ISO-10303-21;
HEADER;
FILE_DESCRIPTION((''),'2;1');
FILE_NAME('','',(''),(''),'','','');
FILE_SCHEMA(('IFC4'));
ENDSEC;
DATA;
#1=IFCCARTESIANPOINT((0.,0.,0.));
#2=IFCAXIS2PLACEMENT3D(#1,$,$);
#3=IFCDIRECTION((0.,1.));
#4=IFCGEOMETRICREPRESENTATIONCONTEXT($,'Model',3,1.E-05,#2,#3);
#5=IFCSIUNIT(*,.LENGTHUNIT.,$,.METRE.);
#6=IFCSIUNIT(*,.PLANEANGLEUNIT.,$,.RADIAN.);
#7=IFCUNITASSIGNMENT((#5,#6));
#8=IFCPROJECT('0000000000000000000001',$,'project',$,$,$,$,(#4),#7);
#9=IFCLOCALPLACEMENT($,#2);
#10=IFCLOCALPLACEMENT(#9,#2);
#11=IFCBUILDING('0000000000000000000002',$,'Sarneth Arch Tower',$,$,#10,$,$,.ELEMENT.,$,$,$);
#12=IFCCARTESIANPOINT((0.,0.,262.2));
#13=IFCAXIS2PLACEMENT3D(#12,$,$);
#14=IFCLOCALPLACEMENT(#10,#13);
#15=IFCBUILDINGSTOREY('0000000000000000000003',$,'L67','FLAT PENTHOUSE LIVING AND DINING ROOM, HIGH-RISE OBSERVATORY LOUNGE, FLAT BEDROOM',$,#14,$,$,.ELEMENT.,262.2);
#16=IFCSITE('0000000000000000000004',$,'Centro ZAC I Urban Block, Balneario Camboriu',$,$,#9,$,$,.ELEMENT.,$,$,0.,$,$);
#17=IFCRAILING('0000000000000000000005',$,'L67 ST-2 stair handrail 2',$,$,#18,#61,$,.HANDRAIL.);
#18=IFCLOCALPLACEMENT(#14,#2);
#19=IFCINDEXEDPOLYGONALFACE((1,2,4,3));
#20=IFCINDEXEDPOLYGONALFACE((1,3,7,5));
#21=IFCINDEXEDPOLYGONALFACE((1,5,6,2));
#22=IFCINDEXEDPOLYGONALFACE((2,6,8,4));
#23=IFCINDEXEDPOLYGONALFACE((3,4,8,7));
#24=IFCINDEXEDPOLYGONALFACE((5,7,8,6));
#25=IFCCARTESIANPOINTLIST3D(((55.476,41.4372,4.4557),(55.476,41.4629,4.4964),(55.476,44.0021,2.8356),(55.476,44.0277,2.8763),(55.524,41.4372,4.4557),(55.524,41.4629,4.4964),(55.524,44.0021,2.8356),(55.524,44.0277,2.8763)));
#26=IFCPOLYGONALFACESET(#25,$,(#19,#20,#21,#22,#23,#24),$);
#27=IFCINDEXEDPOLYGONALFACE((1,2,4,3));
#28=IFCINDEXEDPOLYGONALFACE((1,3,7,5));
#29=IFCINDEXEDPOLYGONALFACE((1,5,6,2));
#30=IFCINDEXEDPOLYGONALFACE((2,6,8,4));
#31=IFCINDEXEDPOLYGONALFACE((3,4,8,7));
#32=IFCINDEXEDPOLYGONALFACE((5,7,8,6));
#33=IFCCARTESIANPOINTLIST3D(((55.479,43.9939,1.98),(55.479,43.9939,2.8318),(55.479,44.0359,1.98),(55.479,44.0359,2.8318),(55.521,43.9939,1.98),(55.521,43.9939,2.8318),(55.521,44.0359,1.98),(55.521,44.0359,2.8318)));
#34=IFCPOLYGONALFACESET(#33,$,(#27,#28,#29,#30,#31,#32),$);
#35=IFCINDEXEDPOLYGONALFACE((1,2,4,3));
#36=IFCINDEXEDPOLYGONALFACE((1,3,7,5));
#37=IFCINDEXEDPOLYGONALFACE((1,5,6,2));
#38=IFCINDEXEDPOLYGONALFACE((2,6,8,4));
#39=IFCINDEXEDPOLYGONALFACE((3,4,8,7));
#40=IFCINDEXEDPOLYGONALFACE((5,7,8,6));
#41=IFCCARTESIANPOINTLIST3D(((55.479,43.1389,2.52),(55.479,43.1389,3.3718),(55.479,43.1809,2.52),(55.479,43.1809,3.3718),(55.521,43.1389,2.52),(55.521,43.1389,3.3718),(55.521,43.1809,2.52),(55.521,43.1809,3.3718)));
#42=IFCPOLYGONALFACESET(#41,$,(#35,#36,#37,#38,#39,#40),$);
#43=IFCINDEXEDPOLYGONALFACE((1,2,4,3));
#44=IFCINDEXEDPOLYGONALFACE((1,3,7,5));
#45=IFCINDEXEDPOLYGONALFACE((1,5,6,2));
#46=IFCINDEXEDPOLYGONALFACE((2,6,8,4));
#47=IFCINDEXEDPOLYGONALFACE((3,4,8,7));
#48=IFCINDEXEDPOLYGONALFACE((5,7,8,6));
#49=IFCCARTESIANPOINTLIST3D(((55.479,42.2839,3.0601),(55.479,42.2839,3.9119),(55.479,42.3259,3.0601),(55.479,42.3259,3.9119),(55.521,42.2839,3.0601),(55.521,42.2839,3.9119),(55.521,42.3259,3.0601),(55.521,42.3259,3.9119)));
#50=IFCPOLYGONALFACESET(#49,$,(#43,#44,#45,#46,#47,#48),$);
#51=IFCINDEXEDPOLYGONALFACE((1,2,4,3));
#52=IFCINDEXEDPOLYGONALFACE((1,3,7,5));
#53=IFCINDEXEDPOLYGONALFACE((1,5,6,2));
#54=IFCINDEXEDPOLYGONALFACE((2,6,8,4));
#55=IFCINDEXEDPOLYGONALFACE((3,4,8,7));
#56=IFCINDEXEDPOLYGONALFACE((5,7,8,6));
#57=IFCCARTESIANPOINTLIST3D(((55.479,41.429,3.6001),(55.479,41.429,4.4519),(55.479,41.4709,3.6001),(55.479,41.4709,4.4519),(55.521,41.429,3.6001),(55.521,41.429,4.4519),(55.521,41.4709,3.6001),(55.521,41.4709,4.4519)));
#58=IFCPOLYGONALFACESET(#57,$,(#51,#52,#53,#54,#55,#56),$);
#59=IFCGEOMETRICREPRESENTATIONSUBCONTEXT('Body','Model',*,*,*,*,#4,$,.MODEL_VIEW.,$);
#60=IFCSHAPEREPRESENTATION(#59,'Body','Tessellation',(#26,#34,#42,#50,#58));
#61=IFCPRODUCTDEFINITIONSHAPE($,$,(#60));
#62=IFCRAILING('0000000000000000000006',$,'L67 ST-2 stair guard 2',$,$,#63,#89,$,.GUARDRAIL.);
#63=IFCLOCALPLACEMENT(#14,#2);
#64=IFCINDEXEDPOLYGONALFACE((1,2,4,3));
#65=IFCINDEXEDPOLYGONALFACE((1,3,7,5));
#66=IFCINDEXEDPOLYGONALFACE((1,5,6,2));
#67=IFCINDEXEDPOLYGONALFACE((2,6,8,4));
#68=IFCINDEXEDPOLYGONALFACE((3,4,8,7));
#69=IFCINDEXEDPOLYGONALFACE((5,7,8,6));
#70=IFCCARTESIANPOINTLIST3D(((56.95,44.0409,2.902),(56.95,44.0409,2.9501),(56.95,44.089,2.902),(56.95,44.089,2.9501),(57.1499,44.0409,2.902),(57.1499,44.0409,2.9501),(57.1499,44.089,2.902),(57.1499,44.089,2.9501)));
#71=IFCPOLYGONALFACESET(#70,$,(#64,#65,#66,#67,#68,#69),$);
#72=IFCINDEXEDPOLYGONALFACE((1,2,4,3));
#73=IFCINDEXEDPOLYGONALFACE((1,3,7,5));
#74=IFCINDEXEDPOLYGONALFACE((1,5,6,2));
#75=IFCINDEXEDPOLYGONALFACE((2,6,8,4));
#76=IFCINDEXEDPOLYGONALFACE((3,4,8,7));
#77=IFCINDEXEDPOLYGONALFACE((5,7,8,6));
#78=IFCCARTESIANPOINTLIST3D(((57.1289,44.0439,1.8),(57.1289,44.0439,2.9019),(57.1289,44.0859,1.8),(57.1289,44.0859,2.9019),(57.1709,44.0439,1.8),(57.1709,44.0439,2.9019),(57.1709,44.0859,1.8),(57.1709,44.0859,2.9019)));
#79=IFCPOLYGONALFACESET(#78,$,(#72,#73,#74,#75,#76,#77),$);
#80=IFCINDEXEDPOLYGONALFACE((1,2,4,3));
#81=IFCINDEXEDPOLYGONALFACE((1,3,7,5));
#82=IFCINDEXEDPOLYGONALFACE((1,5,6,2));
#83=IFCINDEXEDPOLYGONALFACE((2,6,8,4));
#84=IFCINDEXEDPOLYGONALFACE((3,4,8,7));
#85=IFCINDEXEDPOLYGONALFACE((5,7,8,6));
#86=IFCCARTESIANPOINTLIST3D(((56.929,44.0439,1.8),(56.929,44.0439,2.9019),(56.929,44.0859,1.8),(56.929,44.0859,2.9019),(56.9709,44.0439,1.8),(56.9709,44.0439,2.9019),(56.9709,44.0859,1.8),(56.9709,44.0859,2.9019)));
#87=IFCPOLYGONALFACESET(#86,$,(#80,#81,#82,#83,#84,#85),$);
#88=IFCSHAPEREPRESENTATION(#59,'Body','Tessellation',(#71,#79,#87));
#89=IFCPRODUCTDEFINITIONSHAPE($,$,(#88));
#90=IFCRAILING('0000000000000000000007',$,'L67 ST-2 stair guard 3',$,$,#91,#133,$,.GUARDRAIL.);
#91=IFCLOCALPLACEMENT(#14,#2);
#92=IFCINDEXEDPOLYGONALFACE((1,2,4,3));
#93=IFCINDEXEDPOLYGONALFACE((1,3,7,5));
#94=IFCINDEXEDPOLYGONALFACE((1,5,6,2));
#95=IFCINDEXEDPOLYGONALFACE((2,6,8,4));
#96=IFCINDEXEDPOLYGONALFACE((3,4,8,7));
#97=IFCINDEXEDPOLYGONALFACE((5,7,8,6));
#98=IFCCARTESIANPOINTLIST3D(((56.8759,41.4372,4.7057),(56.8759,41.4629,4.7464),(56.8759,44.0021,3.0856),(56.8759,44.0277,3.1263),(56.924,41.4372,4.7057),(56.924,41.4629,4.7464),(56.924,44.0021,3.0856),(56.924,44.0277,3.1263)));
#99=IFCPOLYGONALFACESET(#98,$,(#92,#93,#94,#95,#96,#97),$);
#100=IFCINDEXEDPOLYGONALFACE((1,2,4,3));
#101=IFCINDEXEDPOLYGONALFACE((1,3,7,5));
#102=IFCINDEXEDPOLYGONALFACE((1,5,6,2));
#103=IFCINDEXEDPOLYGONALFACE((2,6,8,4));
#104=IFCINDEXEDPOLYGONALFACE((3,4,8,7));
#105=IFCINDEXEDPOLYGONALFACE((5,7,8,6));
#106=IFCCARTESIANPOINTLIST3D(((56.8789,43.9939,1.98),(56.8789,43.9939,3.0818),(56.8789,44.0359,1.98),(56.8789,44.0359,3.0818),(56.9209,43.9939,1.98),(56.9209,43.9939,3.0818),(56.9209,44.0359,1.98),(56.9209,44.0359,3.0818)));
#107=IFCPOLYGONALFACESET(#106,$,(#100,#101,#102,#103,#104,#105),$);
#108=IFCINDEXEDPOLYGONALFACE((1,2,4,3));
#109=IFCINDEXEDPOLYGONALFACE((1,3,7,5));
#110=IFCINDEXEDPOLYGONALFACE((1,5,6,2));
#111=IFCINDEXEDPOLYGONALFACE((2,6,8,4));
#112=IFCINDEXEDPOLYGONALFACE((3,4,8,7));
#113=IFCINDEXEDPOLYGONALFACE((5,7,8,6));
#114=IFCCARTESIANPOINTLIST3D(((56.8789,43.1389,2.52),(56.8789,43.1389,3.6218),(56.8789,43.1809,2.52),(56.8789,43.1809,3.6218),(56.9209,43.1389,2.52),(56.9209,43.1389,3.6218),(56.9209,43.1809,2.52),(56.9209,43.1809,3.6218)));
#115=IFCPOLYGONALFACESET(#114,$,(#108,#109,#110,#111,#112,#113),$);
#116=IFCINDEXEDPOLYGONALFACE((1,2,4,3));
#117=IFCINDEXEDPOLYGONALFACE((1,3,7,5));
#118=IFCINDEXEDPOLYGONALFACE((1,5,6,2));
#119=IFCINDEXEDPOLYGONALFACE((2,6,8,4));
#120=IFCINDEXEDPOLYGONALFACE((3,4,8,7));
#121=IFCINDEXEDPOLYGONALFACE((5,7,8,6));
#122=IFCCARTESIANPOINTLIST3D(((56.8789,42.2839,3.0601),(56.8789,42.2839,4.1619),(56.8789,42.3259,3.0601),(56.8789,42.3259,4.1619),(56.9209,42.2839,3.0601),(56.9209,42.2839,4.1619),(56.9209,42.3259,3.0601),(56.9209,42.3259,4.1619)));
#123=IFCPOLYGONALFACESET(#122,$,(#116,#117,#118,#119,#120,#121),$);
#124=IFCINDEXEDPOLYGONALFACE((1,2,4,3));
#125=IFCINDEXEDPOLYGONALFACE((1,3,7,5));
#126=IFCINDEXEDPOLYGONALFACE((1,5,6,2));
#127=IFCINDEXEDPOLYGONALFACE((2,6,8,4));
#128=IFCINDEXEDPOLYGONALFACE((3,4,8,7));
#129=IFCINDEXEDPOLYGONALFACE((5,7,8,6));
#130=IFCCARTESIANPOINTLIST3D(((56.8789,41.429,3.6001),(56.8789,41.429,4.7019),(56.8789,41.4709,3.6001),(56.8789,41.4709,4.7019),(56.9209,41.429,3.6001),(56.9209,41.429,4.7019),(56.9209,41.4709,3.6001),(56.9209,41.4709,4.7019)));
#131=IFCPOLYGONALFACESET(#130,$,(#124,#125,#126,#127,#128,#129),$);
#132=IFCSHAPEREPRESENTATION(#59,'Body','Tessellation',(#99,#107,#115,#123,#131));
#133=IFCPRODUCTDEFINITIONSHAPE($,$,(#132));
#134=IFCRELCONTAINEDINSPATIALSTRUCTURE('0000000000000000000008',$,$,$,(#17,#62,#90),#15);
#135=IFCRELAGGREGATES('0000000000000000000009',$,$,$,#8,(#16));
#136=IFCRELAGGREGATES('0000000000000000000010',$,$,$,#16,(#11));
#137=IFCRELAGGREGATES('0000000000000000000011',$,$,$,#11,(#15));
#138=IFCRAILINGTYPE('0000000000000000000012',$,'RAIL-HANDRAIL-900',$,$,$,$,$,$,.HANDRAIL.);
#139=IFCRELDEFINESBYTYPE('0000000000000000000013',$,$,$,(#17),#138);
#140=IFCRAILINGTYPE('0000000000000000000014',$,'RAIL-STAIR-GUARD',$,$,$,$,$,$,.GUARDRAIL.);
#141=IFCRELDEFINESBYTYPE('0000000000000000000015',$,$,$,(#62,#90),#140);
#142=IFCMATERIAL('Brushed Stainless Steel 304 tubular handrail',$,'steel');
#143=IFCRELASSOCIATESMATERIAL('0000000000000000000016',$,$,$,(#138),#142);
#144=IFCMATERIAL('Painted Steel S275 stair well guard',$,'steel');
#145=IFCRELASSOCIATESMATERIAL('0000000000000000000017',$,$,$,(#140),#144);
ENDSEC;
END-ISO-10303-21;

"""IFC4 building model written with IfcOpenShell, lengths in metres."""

from ifc_helpers import new_model, si_unit, direction, frame, origin, origin_2d, place, context, subcontext, project, spatial, rectangle, extrude, material, type_object, element, save


model = new_model("IFC4")

# Units and contexts
model_context = context("Model", 3, precision=1e-05, world=origin(), true_north=direction((0.0, 1.0)))
body_context = subcontext(model_context, "Body", "Model", "MODEL_VIEW")
ifc_project = project(units=[si_unit("LENGTHUNIT", "METRE"), si_unit("PLANEANGLEUNIT", "RADIAN")], contexts=[model_context])

# Site, building, storey
site_placement = place(None, origin())
site = spatial("IfcSite", under=ifc_project, at=site_placement, Name="Centro ZAC I Urban Block, Balneario Camboriu", CompositionType="ELEMENT", RefElevation=0.0)
building_placement = place(site_placement, origin())
building = spatial("IfcBuilding", under=site, at=building_placement, Name="Sarneth Arch Tower", CompositionType="ELEMENT")
storey_placement = place(building_placement, frame((0.0, 0.0, 262.2)))
storey = spatial("IfcBuildingStorey", under=building, at=storey_placement, Name="L67", Description="FLAT PENTHOUSE LIVING AND DINING ROOM, HIGH-RISE OBSERVATORY LOUNGE, FLAT BEDROOM", CompositionType="ELEMENT", Elevation=262.2)

# Railings
ifc_material_1 = material(Name="Brushed Stainless Steel 304 tubular handrail", Category="steel")
railing_type_1 = type_object("IfcRailingType", Name="RAIL-HANDRAIL-900", PredefinedType="HANDRAIL", material=ifc_material_1)
railing_1_placement = place(storey_placement, frame((55.5, 44.0149, 1.98)))
element("IfcRailing", 1, at=railing_1_placement, inside=storey, type_object=railing_type_1, Name="L67 ST-2 stair handrail 2", PredefinedType="HANDRAIL", context=body_context, shape_type="SweptSolid", body=[
    extrude(rectangle(XDim=0.0481, YDim=0.0481, at=origin_2d()), frame((0.0, 0.0, 0.876), z_axis=(0.0, -0.845466, 0.534029), x_axis=(1.0, 0.0, 0.0)), (0.0, 0.0, 1.0), 3.0337),
    extrude(rectangle(XDim=0.042, YDim=0.042, at=origin_2d()), origin(), (0.0, 0.0, 1.0), 0.8518),
    extrude(rectangle(XDim=0.042, YDim=0.042, at=origin_2d()), frame((0.0, -0.855, 0.54)), (0.0, 0.0, 1.0), 0.8518),
    extrude(rectangle(XDim=0.042, YDim=0.042, at=origin_2d()), frame((0.0, -1.71, 1.0801)), (0.0, 0.0, 1.0), 0.8518),
    extrude(rectangle(XDim=0.042, YDim=0.042, at=origin_2d()), frame((0.0, -2.5649, 1.6201)), (0.0, 0.0, 1.0), 0.8518),
])
ifc_material_2 = material(Name="Painted Steel S275 stair well guard", Category="steel")
railing_type_2 = type_object("IfcRailingType", Name="RAIL-STAIR-GUARD", PredefinedType="GUARDRAIL", material=ifc_material_2)
railing_2_placement = place(storey_placement, frame((57.1499, 44.0649, 1.8)))
element("IfcRailing", 2, at=railing_2_placement, inside=storey, type_object=railing_type_2, Name="L67 ST-2 stair guard 2", PredefinedType="GUARDRAIL", context=body_context, shape_type="SweptSolid", body=[
    extrude(rectangle(XDim=0.0481, YDim=0.0481, at=origin_2d()), frame((0.0, 0.0, 1.126), z_axis=(-1.0, 0.0, 0.0), x_axis=(0.0, -1.0, 0.0)), (0.0, 0.0, 1.0), 0.2),
    extrude(rectangle(XDim=0.042, YDim=0.042, at=origin_2d()), origin(), (0.0, 0.0, 1.0), 1.1018),
    extrude(rectangle(XDim=0.042, YDim=0.042, at=origin_2d()), frame((-0.2, 0.0, 0.0)), (0.0, 0.0, 1.0), 1.1018),
])
railing_3_placement = place(storey_placement, frame((56.8999, 44.0149, 1.98)))
element("IfcRailing", 3, at=railing_3_placement, inside=storey, type_object=railing_type_2, Name="L67 ST-2 stair guard 3", PredefinedType="GUARDRAIL", context=body_context, shape_type="SweptSolid", body=[
    extrude(rectangle(XDim=0.0481, YDim=0.0481, at=origin_2d()), frame((0.0, 0.0, 1.126), z_axis=(0.0, -0.845466, 0.534029), x_axis=(1.0, 0.0, 0.0)), (0.0, 0.0, 1.0), 3.0337),
    extrude(rectangle(XDim=0.042, YDim=0.042, at=origin_2d()), origin(), (0.0, 0.0, 1.0), 1.1018),
    extrude(rectangle(XDim=0.042, YDim=0.042, at=origin_2d()), frame((0.0, -0.855, 0.54)), (0.0, 0.0, 1.0), 1.1018),
    extrude(rectangle(XDim=0.042, YDim=0.042, at=origin_2d()), frame((0.0, -1.71, 1.0801)), (0.0, 0.0, 1.0), 1.1018),
    extrude(rectangle(XDim=0.042, YDim=0.042, at=origin_2d()), frame((0.0, -2.5649, 1.6201)), (0.0, 0.0, 1.0), 1.1018),
])

save(model, "model.ifc")
